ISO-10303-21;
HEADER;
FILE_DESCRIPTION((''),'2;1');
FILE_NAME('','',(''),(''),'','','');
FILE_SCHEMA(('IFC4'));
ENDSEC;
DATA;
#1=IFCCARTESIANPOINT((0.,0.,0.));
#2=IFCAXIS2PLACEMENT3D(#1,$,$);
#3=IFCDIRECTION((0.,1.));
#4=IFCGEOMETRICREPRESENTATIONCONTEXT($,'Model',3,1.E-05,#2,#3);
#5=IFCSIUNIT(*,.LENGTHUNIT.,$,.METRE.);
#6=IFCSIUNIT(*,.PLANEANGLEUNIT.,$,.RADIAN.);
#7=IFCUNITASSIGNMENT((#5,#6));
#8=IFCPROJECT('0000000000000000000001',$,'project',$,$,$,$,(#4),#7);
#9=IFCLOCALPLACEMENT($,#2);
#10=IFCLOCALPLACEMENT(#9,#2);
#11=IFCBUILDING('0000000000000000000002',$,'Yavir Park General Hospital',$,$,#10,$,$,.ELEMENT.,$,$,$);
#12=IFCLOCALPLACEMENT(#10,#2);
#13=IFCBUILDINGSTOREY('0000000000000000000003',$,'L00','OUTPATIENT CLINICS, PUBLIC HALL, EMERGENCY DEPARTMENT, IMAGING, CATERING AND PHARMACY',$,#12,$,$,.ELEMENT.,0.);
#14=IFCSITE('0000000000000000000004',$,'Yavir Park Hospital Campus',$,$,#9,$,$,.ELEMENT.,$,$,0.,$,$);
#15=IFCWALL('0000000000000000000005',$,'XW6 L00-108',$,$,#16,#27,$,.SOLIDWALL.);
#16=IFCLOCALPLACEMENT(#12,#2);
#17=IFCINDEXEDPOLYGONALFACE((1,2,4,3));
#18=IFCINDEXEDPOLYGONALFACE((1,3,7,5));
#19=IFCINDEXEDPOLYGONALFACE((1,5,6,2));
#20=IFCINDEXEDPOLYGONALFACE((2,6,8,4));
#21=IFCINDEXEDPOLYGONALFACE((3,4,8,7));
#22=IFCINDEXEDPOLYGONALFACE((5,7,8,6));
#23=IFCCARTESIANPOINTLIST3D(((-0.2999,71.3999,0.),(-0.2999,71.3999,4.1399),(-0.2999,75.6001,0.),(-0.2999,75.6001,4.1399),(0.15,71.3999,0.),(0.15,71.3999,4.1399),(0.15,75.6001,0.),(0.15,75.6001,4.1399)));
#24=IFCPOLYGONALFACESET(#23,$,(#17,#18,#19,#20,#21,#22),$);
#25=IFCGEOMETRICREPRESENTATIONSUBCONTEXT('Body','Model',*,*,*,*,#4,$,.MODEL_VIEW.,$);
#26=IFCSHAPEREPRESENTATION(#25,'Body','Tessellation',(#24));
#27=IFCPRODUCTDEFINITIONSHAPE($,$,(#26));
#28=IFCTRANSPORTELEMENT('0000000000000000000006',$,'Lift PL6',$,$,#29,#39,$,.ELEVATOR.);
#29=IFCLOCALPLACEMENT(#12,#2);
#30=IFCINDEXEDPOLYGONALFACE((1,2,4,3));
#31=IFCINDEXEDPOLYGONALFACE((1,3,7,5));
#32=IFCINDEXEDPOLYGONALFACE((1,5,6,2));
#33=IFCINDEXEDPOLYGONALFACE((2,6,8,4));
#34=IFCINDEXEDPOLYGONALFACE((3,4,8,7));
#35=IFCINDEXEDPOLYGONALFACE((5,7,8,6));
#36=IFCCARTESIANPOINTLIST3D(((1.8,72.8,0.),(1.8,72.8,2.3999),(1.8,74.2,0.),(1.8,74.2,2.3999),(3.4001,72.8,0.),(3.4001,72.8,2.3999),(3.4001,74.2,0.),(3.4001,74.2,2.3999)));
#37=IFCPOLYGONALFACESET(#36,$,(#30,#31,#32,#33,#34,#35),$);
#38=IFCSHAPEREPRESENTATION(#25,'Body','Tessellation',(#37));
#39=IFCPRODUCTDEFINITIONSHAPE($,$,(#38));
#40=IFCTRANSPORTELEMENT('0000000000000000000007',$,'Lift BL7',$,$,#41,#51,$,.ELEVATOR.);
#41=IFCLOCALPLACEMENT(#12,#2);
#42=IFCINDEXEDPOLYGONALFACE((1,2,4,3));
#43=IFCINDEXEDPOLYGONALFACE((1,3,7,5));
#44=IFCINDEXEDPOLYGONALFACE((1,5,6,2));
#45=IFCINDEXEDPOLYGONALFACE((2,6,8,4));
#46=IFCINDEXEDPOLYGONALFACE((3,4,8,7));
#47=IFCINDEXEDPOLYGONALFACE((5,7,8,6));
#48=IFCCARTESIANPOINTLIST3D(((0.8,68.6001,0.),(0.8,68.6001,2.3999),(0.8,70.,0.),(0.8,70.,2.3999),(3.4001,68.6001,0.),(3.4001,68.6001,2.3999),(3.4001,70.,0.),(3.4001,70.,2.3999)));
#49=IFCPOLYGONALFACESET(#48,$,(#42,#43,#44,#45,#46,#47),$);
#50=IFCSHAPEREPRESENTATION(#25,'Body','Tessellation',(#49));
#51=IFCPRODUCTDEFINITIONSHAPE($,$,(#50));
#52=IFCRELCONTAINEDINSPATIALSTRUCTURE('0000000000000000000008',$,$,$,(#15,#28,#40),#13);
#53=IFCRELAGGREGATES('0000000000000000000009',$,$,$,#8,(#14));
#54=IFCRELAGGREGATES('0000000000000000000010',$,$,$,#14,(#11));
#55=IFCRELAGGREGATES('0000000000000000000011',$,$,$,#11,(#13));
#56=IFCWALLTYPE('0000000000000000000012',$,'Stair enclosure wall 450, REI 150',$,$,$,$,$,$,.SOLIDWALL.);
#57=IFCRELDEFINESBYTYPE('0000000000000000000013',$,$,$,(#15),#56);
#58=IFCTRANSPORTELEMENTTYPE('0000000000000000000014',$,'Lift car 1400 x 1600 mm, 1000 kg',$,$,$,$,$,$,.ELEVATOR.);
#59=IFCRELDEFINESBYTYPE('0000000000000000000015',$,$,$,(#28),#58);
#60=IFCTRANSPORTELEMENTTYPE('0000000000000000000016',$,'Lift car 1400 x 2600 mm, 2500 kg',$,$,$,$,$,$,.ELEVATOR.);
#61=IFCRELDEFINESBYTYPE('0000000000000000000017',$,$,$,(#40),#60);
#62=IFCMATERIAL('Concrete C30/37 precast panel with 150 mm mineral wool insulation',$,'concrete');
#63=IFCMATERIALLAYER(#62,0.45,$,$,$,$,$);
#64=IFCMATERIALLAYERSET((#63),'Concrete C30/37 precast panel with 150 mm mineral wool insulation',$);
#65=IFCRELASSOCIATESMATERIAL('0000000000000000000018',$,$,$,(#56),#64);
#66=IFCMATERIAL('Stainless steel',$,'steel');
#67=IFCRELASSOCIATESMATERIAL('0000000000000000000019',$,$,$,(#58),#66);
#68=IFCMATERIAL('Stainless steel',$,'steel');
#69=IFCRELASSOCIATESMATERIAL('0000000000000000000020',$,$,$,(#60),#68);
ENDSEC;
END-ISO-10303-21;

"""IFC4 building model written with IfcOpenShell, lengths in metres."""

from ifc_helpers import new_model, si_unit, direction, frame, frame_2d, origin, origin_2d, place, context, subcontext, project, spatial, rectangle, extrude, material, layer, layer_set, type_object, element, save


model = new_model("IFC4")

# Units and contexts
model_context = context("Model", 3, precision=1e-05, world=origin(), true_north=direction((0.0, 1.0)))
body_context = subcontext(model_context, "Body", "Model", "MODEL_VIEW")
ifc_project = project(units=[si_unit("LENGTHUNIT", "METRE"), si_unit("PLANEANGLEUNIT", "RADIAN")], contexts=[model_context])

# Site, building, storey
site_placement = place(None, origin())
site = spatial("IfcSite", under=ifc_project, at=site_placement, Name="Yavir Park Hospital Campus", CompositionType="ELEMENT", RefElevation=0.0)
building_placement = place(site_placement, origin())
building = spatial("IfcBuilding", under=site, at=building_placement, Name="Yavir Park General Hospital", CompositionType="ELEMENT")
storey_placement = place(building_placement, origin())
storey = spatial("IfcBuildingStorey", under=building, at=storey_placement, Name="L00", Description="OUTPATIENT CLINICS, PUBLIC HALL, EMERGENCY DEPARTMENT, IMAGING, CATERING AND PHARMACY", CompositionType="ELEMENT", Elevation=0.0)

# Wall
ifc_material_1 = material(Name="Concrete C30/37 precast panel with 150 mm mineral wool insulation", Category="concrete")
ifc_layer_1 = layer(ifc_material_1, 0.45)
ifc_layer_set_1 = layer_set([ifc_layer_1], Name="Concrete C30/37 precast panel with 150 mm mineral wool insulation")
wall_type_1 = type_object("IfcWallType", Name="Stair enclosure wall 450, REI 150", PredefinedType="SOLIDWALL", material=ifc_layer_set_1)
wall_1_placement = place(storey_placement, frame((-0.075, 71.3999, 0.0), z_axis=(0.0, 0.0, 1.0), x_axis=(0.0, 1.0, 0.0)))
element("IfcWall", 1, at=wall_1_placement, inside=storey, type_object=wall_type_1, Name="XW6 L00-108", PredefinedType="SOLIDWALL", context=body_context, shape_type="SweptSolid", body=[
    extrude(rectangle(XDim=4.2002, YDim=0.45, at=frame_2d((2.1001, 0.0))), origin(), (0.0, 0.0, 1.0), 4.1399),
])

# Transport elements
ifc_material_2 = material(Name="Stainless steel", Category="steel")
transport_element_type_1 = type_object("IfcTransportElementType", Name="Lift car 1400 x 1600 mm, 1000 kg", PredefinedType="ELEVATOR", material=ifc_material_2)
transport_element_1_placement = place(storey_placement, frame((2.6001, 73.5, 0.0), z_axis=(0.0, 0.0, 1.0), x_axis=(1.0, 0.0, 0.0)))
element("IfcTransportElement", 2, at=transport_element_1_placement, inside=storey, type_object=transport_element_type_1, Name="Lift PL6", PredefinedType="ELEVATOR", context=body_context, shape_type="SweptSolid", body=[
    extrude(rectangle(XDim=1.6001, YDim=1.3999, at=origin_2d()), origin(), (0.0, 0.0, 1.0), 2.3999),
])
ifc_material_3 = material(Name="Stainless steel", Category="steel")
transport_element_type_2 = type_object("IfcTransportElementType", Name="Lift car 1400 x 2600 mm, 2500 kg", PredefinedType="ELEVATOR", material=ifc_material_3)
transport_element_2_placement = place(storey_placement, frame((2.1001, 69.3, 0.0), z_axis=(0.0, 0.0, 1.0), x_axis=(1.0, 0.0, 0.0)))
element("IfcTransportElement", 3, at=transport_element_2_placement, inside=storey, type_object=transport_element_type_2, Name="Lift BL7", PredefinedType="ELEVATOR", context=body_context, shape_type="SweptSolid", body=[
    extrude(rectangle(XDim=2.6001, YDim=1.3999, at=origin_2d()), origin(), (0.0, 0.0, 1.0), 2.3999),
])

save(model, "model.ifc")
